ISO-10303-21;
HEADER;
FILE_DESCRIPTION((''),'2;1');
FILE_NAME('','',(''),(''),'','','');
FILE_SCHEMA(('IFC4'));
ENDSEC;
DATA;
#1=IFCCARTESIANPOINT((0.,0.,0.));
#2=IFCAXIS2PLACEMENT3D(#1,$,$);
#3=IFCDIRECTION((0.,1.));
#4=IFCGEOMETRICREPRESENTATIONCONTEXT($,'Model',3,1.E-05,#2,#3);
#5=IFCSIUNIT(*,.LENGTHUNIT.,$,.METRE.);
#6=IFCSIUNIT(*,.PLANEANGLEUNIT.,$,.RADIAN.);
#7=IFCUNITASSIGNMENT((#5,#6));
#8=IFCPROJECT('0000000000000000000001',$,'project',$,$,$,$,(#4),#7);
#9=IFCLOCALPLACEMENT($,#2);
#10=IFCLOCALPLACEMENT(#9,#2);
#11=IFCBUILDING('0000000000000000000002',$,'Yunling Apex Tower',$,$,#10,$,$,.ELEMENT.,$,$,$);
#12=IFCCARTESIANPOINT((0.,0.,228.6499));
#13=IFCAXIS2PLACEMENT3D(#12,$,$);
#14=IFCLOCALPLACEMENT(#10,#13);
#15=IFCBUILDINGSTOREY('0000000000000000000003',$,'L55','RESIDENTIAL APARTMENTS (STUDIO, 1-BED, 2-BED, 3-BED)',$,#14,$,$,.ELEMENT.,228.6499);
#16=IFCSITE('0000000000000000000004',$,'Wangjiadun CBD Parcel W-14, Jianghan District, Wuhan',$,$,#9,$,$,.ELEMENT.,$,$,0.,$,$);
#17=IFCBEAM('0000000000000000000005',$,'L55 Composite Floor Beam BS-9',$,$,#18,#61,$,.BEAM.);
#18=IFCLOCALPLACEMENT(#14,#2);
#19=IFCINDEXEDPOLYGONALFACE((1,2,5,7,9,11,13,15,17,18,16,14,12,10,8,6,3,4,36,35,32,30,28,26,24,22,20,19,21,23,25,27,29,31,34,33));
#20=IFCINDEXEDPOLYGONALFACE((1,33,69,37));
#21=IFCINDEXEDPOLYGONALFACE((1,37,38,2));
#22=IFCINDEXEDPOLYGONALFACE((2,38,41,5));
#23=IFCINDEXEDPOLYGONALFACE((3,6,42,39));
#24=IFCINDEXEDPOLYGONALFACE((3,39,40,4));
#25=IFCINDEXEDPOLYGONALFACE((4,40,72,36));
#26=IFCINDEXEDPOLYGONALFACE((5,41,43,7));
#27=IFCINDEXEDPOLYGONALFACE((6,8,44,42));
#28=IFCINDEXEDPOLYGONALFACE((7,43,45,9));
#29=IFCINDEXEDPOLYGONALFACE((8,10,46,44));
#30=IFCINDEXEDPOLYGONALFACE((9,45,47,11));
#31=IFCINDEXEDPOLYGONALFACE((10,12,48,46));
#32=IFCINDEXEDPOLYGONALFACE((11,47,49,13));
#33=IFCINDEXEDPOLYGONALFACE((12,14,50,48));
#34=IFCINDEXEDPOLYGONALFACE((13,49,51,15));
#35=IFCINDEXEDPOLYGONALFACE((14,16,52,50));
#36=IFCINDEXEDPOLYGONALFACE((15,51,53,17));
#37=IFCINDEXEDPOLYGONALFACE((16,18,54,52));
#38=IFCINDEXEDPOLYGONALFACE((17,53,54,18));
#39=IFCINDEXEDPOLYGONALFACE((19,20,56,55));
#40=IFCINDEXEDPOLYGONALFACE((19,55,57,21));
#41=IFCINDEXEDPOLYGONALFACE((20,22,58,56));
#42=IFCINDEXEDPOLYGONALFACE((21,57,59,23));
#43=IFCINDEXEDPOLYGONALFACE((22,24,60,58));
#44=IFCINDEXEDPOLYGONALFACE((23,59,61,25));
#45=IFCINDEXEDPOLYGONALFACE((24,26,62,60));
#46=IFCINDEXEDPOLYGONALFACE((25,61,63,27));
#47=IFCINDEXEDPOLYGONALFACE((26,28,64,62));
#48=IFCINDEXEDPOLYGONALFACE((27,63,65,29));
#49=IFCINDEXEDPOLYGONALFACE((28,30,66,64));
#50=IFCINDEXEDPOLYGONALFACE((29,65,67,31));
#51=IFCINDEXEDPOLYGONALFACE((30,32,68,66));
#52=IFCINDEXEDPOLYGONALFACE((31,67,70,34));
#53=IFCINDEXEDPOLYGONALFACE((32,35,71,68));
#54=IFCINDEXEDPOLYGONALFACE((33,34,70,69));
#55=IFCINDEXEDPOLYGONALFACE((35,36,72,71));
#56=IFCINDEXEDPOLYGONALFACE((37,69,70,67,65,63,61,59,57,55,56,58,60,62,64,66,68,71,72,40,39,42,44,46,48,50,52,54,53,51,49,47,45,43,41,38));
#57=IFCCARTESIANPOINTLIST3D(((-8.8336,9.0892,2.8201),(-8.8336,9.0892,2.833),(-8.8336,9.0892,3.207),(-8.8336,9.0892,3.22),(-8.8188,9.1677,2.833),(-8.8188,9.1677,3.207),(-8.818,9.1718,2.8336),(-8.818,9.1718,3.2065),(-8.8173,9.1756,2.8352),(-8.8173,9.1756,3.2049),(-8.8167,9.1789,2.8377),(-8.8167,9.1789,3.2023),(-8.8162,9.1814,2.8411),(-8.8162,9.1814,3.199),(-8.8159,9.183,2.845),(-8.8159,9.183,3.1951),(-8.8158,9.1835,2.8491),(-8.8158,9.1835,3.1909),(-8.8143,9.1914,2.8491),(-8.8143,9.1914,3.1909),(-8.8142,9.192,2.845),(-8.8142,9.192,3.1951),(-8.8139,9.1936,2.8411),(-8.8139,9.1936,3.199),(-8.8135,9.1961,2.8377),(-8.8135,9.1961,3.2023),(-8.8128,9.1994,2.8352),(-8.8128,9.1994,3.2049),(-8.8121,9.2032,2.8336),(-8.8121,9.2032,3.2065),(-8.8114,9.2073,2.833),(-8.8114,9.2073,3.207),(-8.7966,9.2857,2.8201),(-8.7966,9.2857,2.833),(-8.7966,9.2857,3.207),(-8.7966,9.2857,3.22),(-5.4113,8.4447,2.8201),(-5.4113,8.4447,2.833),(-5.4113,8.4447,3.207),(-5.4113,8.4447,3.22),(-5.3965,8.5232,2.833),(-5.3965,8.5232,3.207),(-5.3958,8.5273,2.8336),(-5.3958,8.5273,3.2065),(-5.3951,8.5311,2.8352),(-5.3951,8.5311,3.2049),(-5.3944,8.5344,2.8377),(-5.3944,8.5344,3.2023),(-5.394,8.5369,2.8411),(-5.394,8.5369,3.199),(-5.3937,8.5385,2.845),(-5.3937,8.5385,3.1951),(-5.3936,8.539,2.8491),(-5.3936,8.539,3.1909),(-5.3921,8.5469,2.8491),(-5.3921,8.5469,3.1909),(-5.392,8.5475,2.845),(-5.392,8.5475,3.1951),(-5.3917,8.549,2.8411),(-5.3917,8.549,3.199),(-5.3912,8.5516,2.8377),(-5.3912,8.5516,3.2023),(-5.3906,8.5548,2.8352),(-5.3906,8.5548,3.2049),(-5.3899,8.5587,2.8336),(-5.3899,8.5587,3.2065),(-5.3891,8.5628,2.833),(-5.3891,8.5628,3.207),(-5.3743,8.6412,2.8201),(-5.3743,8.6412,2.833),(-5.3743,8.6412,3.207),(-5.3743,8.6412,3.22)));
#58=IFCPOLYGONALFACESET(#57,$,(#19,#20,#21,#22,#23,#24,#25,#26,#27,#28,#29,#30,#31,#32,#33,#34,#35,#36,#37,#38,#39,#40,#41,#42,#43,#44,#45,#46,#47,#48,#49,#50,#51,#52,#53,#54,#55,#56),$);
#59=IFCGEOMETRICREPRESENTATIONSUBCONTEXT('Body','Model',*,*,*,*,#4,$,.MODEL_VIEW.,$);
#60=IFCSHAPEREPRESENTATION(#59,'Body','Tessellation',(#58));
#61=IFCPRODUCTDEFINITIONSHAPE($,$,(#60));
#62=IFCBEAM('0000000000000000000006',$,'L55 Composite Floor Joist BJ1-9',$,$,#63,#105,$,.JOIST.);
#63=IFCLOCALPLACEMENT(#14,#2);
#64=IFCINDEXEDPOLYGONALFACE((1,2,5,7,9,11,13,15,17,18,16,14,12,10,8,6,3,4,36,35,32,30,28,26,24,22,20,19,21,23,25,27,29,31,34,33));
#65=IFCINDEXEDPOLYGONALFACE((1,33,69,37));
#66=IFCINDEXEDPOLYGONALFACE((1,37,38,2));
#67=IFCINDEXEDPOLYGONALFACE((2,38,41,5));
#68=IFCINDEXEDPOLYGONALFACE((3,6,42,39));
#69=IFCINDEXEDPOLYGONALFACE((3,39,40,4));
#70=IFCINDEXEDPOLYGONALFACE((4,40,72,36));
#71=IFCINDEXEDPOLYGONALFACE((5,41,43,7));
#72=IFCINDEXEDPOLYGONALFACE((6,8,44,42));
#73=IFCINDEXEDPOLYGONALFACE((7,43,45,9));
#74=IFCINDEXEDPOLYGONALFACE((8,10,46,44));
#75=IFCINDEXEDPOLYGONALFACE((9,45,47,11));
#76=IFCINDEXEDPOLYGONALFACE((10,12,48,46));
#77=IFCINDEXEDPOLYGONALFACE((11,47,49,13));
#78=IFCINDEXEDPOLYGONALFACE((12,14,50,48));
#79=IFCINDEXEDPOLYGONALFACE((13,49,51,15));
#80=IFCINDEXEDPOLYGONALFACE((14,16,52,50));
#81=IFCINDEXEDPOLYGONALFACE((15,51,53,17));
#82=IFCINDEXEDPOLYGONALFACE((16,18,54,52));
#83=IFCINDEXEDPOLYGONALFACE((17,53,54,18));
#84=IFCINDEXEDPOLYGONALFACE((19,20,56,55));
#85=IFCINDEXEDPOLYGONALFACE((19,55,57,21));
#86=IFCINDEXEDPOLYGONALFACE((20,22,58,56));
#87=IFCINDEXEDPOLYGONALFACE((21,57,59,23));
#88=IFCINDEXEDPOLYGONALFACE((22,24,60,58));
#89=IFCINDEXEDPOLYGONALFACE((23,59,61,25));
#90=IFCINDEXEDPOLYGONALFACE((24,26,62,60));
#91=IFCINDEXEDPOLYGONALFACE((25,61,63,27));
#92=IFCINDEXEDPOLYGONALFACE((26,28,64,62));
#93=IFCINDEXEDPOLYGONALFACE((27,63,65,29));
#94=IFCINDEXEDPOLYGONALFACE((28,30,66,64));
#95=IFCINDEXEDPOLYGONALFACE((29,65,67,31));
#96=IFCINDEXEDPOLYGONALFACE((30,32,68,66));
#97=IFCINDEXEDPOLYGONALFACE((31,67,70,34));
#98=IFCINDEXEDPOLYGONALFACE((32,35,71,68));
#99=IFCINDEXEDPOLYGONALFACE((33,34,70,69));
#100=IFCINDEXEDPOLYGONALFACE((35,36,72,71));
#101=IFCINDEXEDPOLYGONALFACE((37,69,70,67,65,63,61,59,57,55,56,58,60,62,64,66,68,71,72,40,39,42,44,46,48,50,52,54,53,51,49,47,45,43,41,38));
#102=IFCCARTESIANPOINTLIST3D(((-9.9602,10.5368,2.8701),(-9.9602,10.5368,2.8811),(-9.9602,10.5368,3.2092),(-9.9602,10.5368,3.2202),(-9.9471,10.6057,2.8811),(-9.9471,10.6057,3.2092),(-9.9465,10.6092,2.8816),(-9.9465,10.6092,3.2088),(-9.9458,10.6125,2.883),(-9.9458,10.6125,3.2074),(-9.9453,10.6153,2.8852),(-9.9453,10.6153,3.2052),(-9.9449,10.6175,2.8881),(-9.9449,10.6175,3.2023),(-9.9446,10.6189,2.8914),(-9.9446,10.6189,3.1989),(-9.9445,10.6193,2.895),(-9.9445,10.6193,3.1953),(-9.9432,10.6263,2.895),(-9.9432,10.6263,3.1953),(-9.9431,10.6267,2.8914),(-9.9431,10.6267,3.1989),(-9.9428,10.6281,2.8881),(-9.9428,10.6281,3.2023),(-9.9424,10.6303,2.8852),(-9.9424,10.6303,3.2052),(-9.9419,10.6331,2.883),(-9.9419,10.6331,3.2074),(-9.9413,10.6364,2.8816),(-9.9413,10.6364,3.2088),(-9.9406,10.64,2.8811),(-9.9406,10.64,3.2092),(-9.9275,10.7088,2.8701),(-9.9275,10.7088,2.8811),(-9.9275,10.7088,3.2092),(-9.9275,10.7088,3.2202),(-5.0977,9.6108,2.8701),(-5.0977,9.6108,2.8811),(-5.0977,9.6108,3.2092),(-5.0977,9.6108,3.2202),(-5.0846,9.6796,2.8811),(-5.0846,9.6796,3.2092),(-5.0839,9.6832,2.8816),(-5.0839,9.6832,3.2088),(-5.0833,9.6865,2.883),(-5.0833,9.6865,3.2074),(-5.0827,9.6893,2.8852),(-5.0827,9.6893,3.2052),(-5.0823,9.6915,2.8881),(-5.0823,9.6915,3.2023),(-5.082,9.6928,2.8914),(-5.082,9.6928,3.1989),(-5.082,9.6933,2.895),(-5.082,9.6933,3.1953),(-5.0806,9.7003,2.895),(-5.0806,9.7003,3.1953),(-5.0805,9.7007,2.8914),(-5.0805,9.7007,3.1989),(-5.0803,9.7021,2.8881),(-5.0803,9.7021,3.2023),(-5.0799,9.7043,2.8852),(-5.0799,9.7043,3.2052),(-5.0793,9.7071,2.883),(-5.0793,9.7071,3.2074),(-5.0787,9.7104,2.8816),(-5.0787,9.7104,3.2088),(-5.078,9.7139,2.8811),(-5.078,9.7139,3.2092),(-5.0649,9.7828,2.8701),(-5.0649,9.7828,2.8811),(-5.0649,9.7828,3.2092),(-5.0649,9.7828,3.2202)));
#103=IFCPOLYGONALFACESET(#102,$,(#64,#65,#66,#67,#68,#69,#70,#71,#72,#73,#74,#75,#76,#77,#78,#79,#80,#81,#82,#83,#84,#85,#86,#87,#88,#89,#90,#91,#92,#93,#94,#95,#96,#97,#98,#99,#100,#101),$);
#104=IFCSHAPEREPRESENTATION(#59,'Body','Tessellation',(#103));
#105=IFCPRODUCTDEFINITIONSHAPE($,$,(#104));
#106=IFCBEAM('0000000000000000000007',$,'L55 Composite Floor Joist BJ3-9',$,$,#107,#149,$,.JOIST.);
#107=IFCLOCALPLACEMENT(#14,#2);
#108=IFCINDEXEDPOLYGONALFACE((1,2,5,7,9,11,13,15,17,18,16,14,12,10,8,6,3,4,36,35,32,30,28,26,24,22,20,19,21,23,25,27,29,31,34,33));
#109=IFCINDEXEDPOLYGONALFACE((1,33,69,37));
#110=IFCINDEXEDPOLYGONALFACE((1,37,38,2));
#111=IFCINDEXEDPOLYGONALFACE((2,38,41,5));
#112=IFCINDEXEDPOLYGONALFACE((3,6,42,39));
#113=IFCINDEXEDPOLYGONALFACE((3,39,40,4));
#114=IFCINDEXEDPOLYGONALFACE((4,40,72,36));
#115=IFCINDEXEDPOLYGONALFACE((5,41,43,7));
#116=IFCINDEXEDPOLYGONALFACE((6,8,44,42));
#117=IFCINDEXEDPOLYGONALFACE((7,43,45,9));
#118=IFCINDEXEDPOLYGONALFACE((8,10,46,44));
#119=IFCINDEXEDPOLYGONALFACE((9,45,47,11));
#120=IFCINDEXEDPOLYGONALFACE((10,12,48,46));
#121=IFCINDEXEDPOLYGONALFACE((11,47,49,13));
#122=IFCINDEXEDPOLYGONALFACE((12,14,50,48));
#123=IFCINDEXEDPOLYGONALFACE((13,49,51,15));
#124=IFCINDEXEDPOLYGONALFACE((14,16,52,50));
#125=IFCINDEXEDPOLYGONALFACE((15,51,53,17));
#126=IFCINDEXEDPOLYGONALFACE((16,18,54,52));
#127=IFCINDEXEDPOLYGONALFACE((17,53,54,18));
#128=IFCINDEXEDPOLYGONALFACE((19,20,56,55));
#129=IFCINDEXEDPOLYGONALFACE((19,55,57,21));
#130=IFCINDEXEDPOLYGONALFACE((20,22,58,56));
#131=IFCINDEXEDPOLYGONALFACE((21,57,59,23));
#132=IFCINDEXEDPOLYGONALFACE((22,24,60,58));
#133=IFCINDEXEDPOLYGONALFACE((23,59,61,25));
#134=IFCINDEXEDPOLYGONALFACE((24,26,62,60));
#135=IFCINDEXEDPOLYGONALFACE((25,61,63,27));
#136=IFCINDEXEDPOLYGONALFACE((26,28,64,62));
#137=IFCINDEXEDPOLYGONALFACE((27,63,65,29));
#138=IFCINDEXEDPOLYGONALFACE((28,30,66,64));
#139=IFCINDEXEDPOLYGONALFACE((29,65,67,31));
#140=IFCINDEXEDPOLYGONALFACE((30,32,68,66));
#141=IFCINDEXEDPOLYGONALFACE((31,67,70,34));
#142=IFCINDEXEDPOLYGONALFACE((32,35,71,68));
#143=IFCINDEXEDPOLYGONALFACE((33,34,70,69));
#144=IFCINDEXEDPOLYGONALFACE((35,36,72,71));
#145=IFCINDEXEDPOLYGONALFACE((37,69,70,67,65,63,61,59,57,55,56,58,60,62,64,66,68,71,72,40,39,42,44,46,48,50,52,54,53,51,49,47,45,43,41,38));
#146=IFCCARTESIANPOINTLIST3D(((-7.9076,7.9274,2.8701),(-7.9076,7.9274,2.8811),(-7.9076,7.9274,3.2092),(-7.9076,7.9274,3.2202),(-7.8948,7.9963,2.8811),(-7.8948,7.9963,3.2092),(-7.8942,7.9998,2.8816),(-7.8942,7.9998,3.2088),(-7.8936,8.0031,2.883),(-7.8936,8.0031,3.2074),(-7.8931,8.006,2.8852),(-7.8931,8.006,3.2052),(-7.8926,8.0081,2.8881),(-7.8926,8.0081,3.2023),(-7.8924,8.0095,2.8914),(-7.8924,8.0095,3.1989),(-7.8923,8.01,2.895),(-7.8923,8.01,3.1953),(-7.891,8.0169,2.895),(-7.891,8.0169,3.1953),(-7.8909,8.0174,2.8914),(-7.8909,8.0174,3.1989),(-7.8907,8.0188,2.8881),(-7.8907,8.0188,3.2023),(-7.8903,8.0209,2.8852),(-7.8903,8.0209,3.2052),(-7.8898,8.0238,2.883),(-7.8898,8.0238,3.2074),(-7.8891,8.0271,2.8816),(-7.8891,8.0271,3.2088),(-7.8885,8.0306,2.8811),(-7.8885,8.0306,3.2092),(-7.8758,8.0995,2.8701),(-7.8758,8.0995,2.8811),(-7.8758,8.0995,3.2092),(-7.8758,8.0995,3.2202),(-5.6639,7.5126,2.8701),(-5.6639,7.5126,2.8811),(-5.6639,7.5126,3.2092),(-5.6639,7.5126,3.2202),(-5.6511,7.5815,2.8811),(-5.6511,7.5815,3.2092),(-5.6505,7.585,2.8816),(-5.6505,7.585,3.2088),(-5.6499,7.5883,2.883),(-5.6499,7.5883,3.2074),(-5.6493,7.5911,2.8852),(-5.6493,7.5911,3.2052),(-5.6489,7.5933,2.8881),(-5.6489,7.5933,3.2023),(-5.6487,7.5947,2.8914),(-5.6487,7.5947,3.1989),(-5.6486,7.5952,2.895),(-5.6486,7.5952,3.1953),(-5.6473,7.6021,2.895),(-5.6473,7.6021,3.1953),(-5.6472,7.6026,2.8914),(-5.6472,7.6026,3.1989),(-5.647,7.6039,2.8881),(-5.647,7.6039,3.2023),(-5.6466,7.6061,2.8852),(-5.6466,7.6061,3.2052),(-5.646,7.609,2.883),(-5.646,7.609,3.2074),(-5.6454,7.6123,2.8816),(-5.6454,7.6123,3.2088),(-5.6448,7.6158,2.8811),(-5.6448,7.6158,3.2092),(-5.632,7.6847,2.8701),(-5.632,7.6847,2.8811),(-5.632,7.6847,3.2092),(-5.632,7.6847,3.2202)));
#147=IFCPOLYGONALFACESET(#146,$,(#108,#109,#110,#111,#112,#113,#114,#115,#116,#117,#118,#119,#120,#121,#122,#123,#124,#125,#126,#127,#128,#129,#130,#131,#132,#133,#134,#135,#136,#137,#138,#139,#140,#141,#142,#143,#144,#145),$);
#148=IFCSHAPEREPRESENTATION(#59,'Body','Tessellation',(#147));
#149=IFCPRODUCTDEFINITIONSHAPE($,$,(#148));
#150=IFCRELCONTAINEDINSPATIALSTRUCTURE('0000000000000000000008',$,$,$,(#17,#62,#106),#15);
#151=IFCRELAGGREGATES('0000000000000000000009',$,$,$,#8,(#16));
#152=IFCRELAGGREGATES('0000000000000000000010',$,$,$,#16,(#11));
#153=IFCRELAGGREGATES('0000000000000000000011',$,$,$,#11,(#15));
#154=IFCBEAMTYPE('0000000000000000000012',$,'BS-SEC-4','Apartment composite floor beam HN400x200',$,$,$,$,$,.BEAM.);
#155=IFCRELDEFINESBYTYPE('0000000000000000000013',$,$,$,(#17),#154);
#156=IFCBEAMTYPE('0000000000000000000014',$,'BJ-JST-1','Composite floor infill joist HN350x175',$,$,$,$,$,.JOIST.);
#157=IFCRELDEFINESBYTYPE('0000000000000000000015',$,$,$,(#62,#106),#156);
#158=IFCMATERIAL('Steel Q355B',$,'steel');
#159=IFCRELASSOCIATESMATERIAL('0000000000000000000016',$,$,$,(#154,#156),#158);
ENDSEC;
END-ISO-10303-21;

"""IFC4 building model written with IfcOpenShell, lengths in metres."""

from ifc_helpers import new_model, si_unit, direction, frame, origin, origin_2d, place, context, subcontext, project, spatial, i_section, extrude, source, transform, mapped, material, material_profile, profile_set, type_object, element, save


model = new_model("IFC4")

# Units and contexts
model_context = context("Model", 3, precision=1e-05, world=origin(), true_north=direction((0.0, 1.0)))
body_context = subcontext(model_context, "Body", "Model", "MODEL_VIEW")
ifc_project = project(units=[si_unit("LENGTHUNIT", "METRE"), si_unit("PLANEANGLEUNIT", "RADIAN")], contexts=[model_context])

# Site, building, storey
site_placement = place(None, origin())
site = spatial("IfcSite", under=ifc_project, at=site_placement, Name="Wangjiadun CBD Parcel W-14, Jianghan District, Wuhan", CompositionType="ELEMENT", RefElevation=0.0)
building_placement = place(site_placement, origin())
building = spatial("IfcBuilding", under=site, at=building_placement, Name="Yunling Apex Tower", CompositionType="ELEMENT")
storey_placement = place(building_placement, frame((0.0, 0.0, 228.6499)))
storey = spatial("IfcBuildingStorey", under=building, at=storey_placement, Name="L55", Description="RESIDENTIAL APARTMENTS (STUDIO, 1-BED, 2-BED, 3-BED)", CompositionType="ELEMENT", Elevation=228.6499)

# Beams
ifc_material_1 = material(Name="Steel Q355B", Category="steel")
ifc_material_profile_1 = material_profile(ifc_material_1, i_section(OverallWidth=0.2, OverallDepth=0.3999, WebThickness=0.0081, FlangeThickness=0.0129, FilletRadius=0.0161, at=origin_2d()))
ifc_profile_set_1 = profile_set([ifc_material_profile_1], Name="Steel Q355B")
beam_type_1 = type_object("IfcBeamType", Name="BS-SEC-4", Description="Apartment composite floor beam HN400x200", PredefinedType="BEAM", material=ifc_profile_set_1)
shared_shape_1 = source(origin(), body_context, "Body", "SweptSolid", [
    extrude(i_section(OverallWidth=0.2, OverallDepth=0.3999, WebThickness=0.0081, FlangeThickness=0.0129, FilletRadius=0.0161, at=origin_2d()), origin(), (0.0, 0.0, 1.0), 3.4824),
])
beam_1_placement = place(storey_placement, frame((-5.3928, 8.543, 3.02), z_axis=(-0.982724, 0.185076, 0.0), x_axis=(-0.185076, -0.982724, 0.0)))
element("IfcBeam", 1, at=beam_1_placement, inside=storey, type_object=beam_type_1, Name="L55 Composite Floor Beam BS-9", PredefinedType="BEAM", context=body_context, shape_type="MappedRepresentation", body=[
    mapped(shared_shape_1, transform((0.0, 0.0, 0.0), scale=1.0)),
])
ifc_material_profile_2 = material_profile(ifc_material_1, i_section(OverallWidth=0.175, OverallDepth=0.3501, WebThickness=0.0071, FlangeThickness=0.011, FilletRadius=0.0139, at=origin_2d()))
ifc_profile_set_2 = profile_set([ifc_material_profile_2], Name="Steel Q355B")
beam_type_2 = type_object("IfcBeamType", Name="BJ-JST-1", Description="Composite floor infill joist HN350x175", PredefinedType="JOIST", material=ifc_profile_set_2)
shared_shape_2 = source(origin(), body_context, "Body", "SweptSolid", [
    extrude(i_section(OverallWidth=0.175, OverallDepth=0.3501, WebThickness=0.0071, FlangeThickness=0.011, FilletRadius=0.0139, at=origin_2d()), origin(), (0.0, 0.0, 1.0), 4.95),
])
beam_2_placement = place(storey_placement, frame((-5.0813, 9.6968, 3.0452), z_axis=(-0.982345, 0.187078, 0.0), x_axis=(-0.187078, -0.982345, 0.0)))
element("IfcBeam", 2, at=beam_2_placement, inside=storey, type_object=beam_type_2, Name="L55 Composite Floor Joist BJ1-9", PredefinedType="JOIST", context=body_context, shape_type="MappedRepresentation", body=[
    mapped(shared_shape_2, transform((0.0, 0.0, 0.0), scale=1.0)),
])
shared_shape_3 = source(origin(), body_context, "Body", "SweptSolid", [
    extrude(i_section(OverallWidth=0.175, OverallDepth=0.3501, WebThickness=0.0071, FlangeThickness=0.011, FilletRadius=0.0139, at=origin_2d()), origin(), (0.0, 0.0, 1.0), 2.2817),
])
beam_3_placement = place(storey_placement, frame((-5.6479, 7.5986, 3.0452), z_axis=(-0.983337, 0.181794, 0.0), x_axis=(-0.181794, -0.983337, 0.0)))
element("IfcBeam", 3, at=beam_3_placement, inside=storey, type_object=beam_type_2, Name="L55 Composite Floor Joist BJ3-9", PredefinedType="JOIST", context=body_context, shape_type="MappedRepresentation", body=[
    mapped(shared_shape_3, transform((0.0, 0.0, 0.0), scale=1.0)),
])

save(model, "model.ifc")
